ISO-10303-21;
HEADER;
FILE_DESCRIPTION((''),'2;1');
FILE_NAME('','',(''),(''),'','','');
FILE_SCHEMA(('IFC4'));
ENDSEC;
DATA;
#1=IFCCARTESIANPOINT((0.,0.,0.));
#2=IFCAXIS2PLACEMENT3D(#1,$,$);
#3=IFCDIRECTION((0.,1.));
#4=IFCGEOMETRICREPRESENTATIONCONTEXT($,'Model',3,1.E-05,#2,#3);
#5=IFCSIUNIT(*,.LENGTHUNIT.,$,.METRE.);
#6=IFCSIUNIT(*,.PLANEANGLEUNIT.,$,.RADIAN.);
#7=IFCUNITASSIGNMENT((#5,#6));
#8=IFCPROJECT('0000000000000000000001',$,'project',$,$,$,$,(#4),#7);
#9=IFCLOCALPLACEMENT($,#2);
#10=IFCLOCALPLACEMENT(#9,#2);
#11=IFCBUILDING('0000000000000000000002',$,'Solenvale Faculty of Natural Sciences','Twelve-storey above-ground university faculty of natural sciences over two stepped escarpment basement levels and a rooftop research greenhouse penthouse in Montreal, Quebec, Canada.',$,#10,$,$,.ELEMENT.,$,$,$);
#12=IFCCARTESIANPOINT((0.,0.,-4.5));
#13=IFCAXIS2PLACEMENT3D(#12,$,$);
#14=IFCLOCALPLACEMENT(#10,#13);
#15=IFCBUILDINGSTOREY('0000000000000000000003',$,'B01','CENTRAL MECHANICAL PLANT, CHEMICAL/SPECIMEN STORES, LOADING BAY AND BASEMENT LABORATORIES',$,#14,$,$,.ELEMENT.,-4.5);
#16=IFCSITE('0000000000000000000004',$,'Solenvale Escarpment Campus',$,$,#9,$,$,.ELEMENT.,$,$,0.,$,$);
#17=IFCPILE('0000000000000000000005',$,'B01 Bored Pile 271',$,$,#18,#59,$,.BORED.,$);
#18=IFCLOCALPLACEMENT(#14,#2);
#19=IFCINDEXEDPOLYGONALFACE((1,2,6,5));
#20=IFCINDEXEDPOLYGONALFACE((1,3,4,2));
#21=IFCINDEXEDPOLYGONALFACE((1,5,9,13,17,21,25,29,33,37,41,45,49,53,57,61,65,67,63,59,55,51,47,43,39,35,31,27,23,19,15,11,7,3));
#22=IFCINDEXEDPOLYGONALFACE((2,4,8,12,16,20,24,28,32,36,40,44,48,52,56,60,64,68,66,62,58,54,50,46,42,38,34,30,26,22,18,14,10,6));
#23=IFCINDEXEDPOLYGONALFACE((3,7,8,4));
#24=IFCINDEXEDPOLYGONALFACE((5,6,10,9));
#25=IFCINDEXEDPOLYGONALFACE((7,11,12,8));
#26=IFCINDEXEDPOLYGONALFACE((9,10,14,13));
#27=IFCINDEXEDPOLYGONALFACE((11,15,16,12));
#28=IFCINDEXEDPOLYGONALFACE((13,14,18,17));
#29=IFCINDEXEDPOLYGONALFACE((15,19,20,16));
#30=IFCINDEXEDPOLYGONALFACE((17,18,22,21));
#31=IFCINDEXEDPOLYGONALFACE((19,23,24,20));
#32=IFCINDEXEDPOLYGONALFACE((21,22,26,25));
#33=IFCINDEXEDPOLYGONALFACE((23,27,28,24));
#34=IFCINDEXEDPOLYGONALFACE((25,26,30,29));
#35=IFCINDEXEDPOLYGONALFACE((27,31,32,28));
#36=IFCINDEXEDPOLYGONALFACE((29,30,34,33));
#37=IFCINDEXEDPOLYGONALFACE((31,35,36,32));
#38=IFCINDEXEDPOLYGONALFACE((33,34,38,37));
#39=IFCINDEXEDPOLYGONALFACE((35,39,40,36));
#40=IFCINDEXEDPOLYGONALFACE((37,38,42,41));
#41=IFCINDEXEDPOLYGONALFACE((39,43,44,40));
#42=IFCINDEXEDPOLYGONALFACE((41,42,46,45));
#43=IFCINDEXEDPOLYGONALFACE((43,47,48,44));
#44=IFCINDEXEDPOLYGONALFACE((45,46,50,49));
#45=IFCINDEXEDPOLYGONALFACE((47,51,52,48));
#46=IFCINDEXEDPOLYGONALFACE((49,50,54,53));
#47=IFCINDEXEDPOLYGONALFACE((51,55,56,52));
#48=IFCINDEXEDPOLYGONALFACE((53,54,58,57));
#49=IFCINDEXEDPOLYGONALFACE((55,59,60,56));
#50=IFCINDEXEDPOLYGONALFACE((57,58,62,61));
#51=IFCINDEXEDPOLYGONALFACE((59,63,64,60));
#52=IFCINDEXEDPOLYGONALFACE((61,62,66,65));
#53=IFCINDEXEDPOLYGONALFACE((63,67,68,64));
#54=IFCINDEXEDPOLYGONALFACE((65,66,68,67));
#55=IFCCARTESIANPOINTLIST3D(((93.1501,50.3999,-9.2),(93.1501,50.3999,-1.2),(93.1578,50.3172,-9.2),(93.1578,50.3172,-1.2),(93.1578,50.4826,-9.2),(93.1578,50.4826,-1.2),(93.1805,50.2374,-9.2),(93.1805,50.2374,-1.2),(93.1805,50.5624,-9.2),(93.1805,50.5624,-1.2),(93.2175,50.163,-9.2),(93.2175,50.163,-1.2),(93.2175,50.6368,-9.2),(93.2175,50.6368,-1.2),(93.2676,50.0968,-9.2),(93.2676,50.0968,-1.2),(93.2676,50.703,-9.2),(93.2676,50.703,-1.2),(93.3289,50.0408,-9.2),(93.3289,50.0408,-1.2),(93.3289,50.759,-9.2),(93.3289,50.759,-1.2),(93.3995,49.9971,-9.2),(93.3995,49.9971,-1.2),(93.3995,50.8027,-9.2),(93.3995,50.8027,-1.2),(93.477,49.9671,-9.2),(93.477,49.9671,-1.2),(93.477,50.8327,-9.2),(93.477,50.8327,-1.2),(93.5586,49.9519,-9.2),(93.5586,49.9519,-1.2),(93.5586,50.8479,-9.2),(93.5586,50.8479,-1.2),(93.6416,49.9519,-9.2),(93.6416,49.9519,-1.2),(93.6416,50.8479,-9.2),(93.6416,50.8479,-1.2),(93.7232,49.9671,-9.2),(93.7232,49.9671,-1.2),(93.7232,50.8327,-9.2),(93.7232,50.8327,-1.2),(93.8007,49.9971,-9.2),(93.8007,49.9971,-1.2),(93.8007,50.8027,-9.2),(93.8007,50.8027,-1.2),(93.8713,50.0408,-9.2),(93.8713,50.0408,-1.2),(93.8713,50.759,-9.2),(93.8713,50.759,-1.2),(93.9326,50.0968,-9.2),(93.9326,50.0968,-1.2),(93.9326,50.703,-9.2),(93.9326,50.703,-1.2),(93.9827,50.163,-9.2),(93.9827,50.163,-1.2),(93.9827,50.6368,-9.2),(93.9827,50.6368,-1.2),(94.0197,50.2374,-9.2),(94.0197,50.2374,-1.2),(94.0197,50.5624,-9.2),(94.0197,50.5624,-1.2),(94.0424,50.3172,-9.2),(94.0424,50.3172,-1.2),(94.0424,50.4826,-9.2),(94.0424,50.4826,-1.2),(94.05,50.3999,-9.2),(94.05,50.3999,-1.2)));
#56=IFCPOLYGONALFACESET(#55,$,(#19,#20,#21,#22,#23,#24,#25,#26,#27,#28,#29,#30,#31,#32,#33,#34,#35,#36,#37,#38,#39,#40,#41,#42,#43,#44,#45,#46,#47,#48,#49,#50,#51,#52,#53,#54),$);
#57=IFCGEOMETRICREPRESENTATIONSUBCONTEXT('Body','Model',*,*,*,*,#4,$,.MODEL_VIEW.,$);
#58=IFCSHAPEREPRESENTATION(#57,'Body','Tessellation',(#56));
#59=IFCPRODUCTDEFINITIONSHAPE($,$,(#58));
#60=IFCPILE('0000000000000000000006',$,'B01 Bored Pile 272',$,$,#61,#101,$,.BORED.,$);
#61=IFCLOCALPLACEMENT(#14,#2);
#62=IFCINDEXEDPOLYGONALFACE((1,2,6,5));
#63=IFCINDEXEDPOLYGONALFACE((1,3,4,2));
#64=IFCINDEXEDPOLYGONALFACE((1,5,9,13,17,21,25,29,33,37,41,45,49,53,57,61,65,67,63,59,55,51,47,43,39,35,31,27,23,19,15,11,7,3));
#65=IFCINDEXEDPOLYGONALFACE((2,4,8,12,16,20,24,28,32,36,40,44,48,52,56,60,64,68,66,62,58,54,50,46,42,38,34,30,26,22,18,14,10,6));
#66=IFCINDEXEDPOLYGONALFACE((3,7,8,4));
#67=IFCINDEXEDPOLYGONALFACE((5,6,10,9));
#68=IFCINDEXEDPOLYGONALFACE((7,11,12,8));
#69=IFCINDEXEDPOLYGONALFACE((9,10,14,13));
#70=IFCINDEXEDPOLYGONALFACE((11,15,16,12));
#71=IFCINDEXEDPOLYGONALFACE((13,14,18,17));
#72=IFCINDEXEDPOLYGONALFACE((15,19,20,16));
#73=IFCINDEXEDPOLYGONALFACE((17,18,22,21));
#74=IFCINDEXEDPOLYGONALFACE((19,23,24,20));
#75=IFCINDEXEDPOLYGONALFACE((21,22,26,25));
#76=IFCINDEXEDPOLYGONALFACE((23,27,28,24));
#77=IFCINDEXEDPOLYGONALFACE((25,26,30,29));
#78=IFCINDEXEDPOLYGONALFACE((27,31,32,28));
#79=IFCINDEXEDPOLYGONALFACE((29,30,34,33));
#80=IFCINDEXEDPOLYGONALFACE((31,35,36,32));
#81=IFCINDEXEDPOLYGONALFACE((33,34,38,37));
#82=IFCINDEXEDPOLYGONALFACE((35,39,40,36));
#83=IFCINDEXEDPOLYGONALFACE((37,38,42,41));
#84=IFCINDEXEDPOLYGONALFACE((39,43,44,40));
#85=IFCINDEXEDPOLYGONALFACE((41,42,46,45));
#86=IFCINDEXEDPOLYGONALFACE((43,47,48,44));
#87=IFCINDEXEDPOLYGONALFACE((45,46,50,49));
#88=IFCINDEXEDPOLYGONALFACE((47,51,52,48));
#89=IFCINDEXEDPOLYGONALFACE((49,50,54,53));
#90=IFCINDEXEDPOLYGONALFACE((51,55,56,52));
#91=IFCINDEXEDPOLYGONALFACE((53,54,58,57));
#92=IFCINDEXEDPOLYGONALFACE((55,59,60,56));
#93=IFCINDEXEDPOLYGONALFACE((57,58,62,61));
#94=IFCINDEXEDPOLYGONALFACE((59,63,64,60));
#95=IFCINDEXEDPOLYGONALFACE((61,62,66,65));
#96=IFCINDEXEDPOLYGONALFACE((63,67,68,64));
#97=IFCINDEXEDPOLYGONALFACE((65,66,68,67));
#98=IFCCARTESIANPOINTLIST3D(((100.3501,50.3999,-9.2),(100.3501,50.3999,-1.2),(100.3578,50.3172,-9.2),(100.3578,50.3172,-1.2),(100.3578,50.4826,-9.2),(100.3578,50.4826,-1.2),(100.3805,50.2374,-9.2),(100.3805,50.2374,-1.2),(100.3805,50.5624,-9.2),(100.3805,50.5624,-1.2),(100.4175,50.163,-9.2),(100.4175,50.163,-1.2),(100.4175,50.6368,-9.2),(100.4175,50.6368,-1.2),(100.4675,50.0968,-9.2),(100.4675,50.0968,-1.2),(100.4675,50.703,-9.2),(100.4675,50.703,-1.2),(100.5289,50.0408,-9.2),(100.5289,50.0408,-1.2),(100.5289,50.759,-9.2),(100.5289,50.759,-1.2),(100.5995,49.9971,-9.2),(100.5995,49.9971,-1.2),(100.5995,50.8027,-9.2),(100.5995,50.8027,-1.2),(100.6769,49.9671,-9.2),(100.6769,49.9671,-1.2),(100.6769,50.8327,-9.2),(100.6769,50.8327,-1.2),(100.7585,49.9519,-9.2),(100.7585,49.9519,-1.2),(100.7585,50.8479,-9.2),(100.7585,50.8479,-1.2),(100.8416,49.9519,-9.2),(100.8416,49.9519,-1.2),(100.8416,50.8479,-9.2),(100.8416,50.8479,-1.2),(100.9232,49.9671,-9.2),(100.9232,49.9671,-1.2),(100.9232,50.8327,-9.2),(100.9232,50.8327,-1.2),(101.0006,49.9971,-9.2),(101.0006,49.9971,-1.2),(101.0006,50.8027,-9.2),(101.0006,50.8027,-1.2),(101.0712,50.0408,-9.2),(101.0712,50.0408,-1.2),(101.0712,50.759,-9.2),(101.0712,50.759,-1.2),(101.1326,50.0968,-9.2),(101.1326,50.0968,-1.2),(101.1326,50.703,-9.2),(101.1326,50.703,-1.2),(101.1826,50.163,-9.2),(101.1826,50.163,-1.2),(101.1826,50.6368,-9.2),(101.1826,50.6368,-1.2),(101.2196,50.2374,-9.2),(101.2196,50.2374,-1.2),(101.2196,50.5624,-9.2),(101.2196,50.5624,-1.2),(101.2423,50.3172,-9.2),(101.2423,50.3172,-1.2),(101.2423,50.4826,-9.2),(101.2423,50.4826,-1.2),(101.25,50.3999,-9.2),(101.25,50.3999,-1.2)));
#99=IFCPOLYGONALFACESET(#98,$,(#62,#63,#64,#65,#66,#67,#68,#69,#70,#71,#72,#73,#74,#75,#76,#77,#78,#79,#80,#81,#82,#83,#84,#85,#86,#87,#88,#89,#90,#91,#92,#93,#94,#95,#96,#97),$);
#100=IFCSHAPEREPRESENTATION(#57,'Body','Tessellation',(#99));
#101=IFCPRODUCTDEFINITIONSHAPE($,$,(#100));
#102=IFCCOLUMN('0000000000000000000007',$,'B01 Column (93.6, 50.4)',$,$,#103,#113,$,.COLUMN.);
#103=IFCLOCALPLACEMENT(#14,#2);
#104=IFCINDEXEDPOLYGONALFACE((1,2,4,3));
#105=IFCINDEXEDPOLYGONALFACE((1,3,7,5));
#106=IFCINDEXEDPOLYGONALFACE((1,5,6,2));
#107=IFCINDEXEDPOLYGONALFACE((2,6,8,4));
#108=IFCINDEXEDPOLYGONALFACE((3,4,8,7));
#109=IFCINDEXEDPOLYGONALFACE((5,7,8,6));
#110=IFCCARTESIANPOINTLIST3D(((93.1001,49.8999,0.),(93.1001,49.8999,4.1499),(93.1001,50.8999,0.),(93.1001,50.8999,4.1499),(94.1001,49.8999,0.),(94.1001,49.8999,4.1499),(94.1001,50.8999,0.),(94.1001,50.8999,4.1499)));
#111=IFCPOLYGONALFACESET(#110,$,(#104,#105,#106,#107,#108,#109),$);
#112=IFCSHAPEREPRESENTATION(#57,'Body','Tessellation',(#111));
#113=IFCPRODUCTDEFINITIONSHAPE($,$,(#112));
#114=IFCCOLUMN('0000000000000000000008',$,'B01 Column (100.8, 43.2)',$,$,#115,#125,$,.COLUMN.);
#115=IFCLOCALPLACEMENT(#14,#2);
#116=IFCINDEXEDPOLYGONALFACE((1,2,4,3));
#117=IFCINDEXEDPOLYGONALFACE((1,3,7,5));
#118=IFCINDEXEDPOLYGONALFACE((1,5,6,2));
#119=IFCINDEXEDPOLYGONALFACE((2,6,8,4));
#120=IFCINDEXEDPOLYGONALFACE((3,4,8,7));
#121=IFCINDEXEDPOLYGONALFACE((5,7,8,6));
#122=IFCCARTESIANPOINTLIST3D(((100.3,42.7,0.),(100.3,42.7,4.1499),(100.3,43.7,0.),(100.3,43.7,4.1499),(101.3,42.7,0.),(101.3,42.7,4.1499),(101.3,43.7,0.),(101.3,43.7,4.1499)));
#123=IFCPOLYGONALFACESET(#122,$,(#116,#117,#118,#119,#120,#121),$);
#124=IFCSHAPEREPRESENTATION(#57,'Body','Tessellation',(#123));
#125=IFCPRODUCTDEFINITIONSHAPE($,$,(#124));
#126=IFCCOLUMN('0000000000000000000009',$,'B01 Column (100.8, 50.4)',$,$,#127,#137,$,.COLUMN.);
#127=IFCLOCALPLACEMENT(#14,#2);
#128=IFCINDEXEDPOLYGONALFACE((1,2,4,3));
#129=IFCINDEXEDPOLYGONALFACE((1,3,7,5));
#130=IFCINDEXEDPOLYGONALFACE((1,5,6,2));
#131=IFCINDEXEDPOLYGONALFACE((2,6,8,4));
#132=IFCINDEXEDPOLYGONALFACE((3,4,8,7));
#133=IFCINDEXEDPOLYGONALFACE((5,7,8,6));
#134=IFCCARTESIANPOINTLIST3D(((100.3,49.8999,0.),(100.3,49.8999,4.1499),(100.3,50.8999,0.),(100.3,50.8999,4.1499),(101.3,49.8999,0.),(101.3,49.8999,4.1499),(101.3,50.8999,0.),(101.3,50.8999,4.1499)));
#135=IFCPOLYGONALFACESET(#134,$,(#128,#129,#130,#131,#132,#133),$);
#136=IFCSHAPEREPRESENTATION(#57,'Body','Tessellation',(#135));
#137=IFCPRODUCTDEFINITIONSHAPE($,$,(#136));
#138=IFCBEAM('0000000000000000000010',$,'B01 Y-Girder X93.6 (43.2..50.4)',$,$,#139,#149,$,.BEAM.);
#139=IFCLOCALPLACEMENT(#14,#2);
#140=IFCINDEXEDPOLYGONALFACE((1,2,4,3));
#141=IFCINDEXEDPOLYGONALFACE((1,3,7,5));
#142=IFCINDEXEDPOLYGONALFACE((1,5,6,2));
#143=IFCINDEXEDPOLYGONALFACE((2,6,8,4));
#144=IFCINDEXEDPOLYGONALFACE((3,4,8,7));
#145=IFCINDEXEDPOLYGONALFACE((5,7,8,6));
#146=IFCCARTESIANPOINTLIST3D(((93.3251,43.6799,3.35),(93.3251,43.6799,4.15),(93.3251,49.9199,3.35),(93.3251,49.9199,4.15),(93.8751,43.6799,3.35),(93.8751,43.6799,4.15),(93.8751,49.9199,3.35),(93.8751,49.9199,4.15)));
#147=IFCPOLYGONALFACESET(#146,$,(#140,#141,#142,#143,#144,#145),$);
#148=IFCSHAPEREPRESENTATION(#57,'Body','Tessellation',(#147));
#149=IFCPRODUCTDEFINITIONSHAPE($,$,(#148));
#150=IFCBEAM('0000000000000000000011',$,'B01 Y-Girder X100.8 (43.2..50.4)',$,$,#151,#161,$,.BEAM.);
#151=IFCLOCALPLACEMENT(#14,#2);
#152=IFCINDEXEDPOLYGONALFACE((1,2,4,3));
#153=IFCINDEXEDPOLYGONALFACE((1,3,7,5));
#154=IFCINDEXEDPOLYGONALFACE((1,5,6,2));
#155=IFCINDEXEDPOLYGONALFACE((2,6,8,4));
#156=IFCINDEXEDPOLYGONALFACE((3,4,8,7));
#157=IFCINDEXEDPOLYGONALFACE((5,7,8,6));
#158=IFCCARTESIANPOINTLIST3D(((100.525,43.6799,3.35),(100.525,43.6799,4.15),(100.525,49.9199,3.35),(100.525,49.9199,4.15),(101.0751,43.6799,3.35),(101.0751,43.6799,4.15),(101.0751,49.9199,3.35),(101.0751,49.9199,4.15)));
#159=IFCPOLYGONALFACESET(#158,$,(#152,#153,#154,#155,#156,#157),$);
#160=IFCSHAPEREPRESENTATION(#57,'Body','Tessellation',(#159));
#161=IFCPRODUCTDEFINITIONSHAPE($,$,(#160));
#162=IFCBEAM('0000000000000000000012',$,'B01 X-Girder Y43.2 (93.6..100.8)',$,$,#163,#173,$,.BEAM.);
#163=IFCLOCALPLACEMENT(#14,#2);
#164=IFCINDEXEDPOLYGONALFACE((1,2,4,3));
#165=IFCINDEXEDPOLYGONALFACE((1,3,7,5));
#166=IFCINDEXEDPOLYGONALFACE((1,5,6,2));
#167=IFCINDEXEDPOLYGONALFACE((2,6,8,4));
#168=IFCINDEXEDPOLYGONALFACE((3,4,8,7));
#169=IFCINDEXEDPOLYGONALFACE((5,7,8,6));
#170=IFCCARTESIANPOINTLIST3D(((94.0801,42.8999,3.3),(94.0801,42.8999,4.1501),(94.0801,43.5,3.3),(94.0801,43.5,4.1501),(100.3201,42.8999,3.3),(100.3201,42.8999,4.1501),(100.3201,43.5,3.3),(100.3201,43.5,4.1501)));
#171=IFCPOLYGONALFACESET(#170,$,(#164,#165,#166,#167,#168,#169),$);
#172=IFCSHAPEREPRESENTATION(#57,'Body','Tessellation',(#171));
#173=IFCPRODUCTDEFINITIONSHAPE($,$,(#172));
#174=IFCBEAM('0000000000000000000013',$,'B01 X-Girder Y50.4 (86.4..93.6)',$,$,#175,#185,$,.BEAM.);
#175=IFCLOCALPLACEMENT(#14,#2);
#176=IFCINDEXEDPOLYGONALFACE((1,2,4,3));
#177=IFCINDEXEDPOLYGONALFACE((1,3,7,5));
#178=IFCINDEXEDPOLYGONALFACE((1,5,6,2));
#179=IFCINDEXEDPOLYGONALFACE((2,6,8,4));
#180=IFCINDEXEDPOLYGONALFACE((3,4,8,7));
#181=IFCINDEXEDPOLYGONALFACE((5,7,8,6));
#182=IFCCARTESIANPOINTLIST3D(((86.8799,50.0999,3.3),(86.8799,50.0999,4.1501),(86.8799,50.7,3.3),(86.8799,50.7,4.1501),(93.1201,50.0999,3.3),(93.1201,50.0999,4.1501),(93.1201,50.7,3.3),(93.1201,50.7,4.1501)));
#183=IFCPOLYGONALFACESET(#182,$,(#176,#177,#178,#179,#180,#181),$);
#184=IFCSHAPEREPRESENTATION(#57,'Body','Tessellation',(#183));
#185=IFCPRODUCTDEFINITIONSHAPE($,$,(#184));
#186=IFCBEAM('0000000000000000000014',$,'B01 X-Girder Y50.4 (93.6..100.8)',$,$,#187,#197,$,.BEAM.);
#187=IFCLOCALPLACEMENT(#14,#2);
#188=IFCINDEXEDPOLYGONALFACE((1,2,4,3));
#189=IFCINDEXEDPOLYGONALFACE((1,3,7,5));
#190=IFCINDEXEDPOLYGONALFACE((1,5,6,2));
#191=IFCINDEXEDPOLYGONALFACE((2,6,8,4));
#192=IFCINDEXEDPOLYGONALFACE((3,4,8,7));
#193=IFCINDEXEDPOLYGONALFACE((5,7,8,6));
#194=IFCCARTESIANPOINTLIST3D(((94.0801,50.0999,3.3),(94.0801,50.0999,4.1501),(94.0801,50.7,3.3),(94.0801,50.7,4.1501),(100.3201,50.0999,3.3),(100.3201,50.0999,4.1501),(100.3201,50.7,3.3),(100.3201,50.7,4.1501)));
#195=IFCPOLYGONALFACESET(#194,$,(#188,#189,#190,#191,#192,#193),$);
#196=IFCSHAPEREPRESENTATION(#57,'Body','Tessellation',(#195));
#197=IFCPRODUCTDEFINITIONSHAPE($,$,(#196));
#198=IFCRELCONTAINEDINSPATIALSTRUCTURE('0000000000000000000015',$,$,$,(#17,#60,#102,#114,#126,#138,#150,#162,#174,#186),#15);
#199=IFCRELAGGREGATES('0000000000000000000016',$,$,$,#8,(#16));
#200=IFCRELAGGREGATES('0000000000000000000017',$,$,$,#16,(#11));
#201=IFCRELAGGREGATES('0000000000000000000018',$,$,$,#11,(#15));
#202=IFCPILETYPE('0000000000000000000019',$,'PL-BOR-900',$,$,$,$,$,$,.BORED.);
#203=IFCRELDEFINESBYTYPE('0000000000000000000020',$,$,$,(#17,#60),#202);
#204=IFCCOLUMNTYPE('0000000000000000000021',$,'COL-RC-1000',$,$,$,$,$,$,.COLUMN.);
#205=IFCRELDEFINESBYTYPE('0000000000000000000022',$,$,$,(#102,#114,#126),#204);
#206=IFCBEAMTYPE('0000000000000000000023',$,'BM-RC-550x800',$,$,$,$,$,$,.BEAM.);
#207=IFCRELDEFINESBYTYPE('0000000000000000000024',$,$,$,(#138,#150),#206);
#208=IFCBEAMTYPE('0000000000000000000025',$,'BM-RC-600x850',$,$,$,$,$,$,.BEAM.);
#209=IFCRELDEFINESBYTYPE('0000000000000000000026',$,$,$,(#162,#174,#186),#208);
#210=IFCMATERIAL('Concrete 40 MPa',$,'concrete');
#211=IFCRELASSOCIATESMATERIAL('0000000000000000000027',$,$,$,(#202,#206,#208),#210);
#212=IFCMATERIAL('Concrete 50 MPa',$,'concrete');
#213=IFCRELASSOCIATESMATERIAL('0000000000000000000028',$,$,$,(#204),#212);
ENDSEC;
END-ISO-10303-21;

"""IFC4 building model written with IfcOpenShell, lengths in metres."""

from ifc_helpers import new_model, si_unit, direction, frame, origin, origin_2d, place, context, subcontext, project, spatial, rectangle, circle, extrude, material, material_profile, profile_set, type_object, element, save


model = new_model("IFC4")

# Units and contexts
model_context = context("Model", 3, precision=1e-05, world=origin(), true_north=direction((0.0, 1.0)))
body_context = subcontext(model_context, "Body", "Model", "MODEL_VIEW")
ifc_project = project(units=[si_unit("LENGTHUNIT", "METRE"), si_unit("PLANEANGLEUNIT", "RADIAN")], contexts=[model_context])

# Site, building, storey
site_placement = place(None, origin())
site = spatial("IfcSite", under=ifc_project, at=site_placement, Name="Solenvale Escarpment Campus", CompositionType="ELEMENT", RefElevation=0.0)
building_placement = place(site_placement, origin())
building = spatial("IfcBuilding", under=site, at=building_placement, Name="Solenvale Faculty of Natural Sciences", Description="Twelve-storey above-ground university faculty of natural sciences over two stepped escarpment basement levels and a rooftop research greenhouse penthouse in Montreal, Quebec, Canada.", CompositionType="ELEMENT")
storey_placement = place(building_placement, frame((0.0, 0.0, -4.5)))
storey = spatial("IfcBuildingStorey", under=building, at=storey_placement, Name="B01", Description="CENTRAL MECHANICAL PLANT, CHEMICAL/SPECIMEN STORES, LOADING BAY AND BASEMENT LABORATORIES", CompositionType="ELEMENT", Elevation=-4.5)

# Shared definitions
ifc_material_1 = material(Name="Concrete 40 MPa", Category="concrete")

# Piles
ifc_material_profile_1 = material_profile(ifc_material_1, circle(Radius=0.45, at=origin_2d()), Name="PILE-D900")
ifc_profile_set_1 = profile_set([ifc_material_profile_1], Name="Concrete 40 MPa")
pile_type = type_object("IfcPileType", Name="PL-BOR-900", PredefinedType="BORED", material=ifc_profile_set_1)
for number, where, z_axis, x_axis, name in (
    (1, (93.6001, 50.3999, -1.2), (0.0, 0.0, -1.0), (1.0, 0.0, 0.0), "B01 Bored Pile 271"),
    (2, (100.8, 50.3999, -1.2), (0.0, 0.0, -1.0), (1.0, 0.0, 0.0), "B01 Bored Pile 272"),
):
    element("IfcPile", number, at=place(storey_placement, frame(where, z_axis=z_axis, x_axis=x_axis)), inside=storey, type_object=pile_type, Name=name, PredefinedType="BORED", context=body_context, shape_type="SweptSolid", body=[
        extrude(circle(Radius=0.45, at=origin_2d()), origin(), (0.0, 0.0, 1.0), 8.0),
    ])

# Columns
ifc_material_2 = material(Name="Concrete 50 MPa", Category="concrete")
ifc_material_profile_2 = material_profile(ifc_material_2, rectangle(XDim=1.0, YDim=1.0, at=origin_2d()), Name="RC-COL-1000x1000")
ifc_profile_set_2 = profile_set([ifc_material_profile_2], Name="Concrete 50 MPa")
column_type = type_object("IfcColumnType", Name="COL-RC-1000", PredefinedType="COLUMN", material=ifc_profile_set_2)
for number, where, z_axis, x_axis, name in (
    (3, (93.6001, 50.3999, 0.0), (0.0, 0.0, 1.0), (1.0, 0.0, 0.0), "B01 Column (93.6, 50.4)"),
    (4, (100.8, 43.2, 0.0), (0.0, 0.0, 1.0), (1.0, 0.0, 0.0), "B01 Column (100.8, 43.2)"),
    (5, (100.8, 50.3999, 0.0), (0.0, 0.0, 1.0), (1.0, 0.0, 0.0), "B01 Column (100.8, 50.4)"),
):
    element("IfcColumn", number, at=place(storey_placement, frame(where, z_axis=z_axis, x_axis=x_axis)), inside=storey, type_object=column_type, Name=name, PredefinedType="COLUMN", context=body_context, shape_type="SweptSolid", body=[
        extrude(rectangle(XDim=1.0, YDim=1.0, at=origin_2d()), origin(), (0.0, 0.0, 1.0), 4.1499),
    ])

# Beams
ifc_material_profile_3 = material_profile(ifc_material_1, rectangle(XDim=0.55, YDim=0.8, at=origin_2d()), Name="RC-BM-550x800")
ifc_profile_set_3 = profile_set([ifc_material_profile_3], Name="Concrete 40 MPa")
beam_type_1 = type_object("IfcBeamType", Name="BM-RC-550x800", PredefinedType="BEAM", material=ifc_profile_set_3)
for number, where, z_axis, x_axis, name in (
    (6, (93.6001, 43.6799, 3.75), (0.0, 1.0, 0.0), (-1.0, 0.0, 0.0), "B01 Y-Girder X93.6 (43.2..50.4)"),
    (7, (100.8, 43.6799, 3.75), (0.0, 1.0, 0.0), (-1.0, 0.0, 0.0), "B01 Y-Girder X100.8 (43.2..50.4)"),
):
    element("IfcBeam", number, at=place(storey_placement, frame(where, z_axis=z_axis, x_axis=x_axis)), inside=storey, type_object=beam_type_1, Name=name, PredefinedType="BEAM", context=body_context, shape_type="SweptSolid", body=[
        extrude(rectangle(XDim=0.55, YDim=0.8, at=origin_2d()), origin(), (0.0, 0.0, 1.0), 6.24),
    ])
ifc_material_profile_4 = material_profile(ifc_material_1, rectangle(XDim=0.6001, YDim=0.8501, at=origin_2d()), Name="RC-BM-600x850")
ifc_profile_set_4 = profile_set([ifc_material_profile_4], Name="Concrete 40 MPa")
beam_type_2 = type_object("IfcBeamType", Name="BM-RC-600x850", PredefinedType="BEAM", material=ifc_profile_set_4)
beam_1_placement = place(storey_placement, frame((94.0801, 43.2, 3.7251), z_axis=(1.0, 0.0, 0.0), x_axis=(0.0, 1.0, 0.0)))
element("IfcBeam", 8, at=beam_1_placement, inside=storey, type_object=beam_type_2, Name="B01 X-Girder Y43.2 (93.6..100.8)", PredefinedType="BEAM", context=body_context, shape_type="SweptSolid", body=[
    extrude(rectangle(XDim=0.6001, YDim=0.8501, at=origin_2d()), origin(), (0.0, 0.0, 1.0), 6.24),
])
beam_2_placement = place(storey_placement, frame((86.8799, 50.3999, 3.7251), z_axis=(1.0, 0.0, 0.0), x_axis=(0.0, 1.0, 0.0)))
element("IfcBeam", 9, at=beam_2_placement, inside=storey, type_object=beam_type_2, Name="B01 X-Girder Y50.4 (86.4..93.6)", PredefinedType="BEAM", context=body_context, shape_type="SweptSolid", body=[
    extrude(rectangle(XDim=0.6001, YDim=0.8501, at=origin_2d()), origin(), (0.0, 0.0, 1.0), 6.2402),
])
beam_3_placement = place(storey_placement, frame((94.0801, 50.3999, 3.7251), z_axis=(1.0, 0.0, 0.0), x_axis=(0.0, 1.0, 0.0)))
element("IfcBeam", 10, at=beam_3_placement, inside=storey, type_object=beam_type_2, Name="B01 X-Girder Y50.4 (93.6..100.8)", PredefinedType="BEAM", context=body_context, shape_type="SweptSolid", body=[
    extrude(rectangle(XDim=0.6001, YDim=0.8501, at=origin_2d()), origin(), (0.0, 0.0, 1.0), 6.24),
])

save(model, "model.ifc")
